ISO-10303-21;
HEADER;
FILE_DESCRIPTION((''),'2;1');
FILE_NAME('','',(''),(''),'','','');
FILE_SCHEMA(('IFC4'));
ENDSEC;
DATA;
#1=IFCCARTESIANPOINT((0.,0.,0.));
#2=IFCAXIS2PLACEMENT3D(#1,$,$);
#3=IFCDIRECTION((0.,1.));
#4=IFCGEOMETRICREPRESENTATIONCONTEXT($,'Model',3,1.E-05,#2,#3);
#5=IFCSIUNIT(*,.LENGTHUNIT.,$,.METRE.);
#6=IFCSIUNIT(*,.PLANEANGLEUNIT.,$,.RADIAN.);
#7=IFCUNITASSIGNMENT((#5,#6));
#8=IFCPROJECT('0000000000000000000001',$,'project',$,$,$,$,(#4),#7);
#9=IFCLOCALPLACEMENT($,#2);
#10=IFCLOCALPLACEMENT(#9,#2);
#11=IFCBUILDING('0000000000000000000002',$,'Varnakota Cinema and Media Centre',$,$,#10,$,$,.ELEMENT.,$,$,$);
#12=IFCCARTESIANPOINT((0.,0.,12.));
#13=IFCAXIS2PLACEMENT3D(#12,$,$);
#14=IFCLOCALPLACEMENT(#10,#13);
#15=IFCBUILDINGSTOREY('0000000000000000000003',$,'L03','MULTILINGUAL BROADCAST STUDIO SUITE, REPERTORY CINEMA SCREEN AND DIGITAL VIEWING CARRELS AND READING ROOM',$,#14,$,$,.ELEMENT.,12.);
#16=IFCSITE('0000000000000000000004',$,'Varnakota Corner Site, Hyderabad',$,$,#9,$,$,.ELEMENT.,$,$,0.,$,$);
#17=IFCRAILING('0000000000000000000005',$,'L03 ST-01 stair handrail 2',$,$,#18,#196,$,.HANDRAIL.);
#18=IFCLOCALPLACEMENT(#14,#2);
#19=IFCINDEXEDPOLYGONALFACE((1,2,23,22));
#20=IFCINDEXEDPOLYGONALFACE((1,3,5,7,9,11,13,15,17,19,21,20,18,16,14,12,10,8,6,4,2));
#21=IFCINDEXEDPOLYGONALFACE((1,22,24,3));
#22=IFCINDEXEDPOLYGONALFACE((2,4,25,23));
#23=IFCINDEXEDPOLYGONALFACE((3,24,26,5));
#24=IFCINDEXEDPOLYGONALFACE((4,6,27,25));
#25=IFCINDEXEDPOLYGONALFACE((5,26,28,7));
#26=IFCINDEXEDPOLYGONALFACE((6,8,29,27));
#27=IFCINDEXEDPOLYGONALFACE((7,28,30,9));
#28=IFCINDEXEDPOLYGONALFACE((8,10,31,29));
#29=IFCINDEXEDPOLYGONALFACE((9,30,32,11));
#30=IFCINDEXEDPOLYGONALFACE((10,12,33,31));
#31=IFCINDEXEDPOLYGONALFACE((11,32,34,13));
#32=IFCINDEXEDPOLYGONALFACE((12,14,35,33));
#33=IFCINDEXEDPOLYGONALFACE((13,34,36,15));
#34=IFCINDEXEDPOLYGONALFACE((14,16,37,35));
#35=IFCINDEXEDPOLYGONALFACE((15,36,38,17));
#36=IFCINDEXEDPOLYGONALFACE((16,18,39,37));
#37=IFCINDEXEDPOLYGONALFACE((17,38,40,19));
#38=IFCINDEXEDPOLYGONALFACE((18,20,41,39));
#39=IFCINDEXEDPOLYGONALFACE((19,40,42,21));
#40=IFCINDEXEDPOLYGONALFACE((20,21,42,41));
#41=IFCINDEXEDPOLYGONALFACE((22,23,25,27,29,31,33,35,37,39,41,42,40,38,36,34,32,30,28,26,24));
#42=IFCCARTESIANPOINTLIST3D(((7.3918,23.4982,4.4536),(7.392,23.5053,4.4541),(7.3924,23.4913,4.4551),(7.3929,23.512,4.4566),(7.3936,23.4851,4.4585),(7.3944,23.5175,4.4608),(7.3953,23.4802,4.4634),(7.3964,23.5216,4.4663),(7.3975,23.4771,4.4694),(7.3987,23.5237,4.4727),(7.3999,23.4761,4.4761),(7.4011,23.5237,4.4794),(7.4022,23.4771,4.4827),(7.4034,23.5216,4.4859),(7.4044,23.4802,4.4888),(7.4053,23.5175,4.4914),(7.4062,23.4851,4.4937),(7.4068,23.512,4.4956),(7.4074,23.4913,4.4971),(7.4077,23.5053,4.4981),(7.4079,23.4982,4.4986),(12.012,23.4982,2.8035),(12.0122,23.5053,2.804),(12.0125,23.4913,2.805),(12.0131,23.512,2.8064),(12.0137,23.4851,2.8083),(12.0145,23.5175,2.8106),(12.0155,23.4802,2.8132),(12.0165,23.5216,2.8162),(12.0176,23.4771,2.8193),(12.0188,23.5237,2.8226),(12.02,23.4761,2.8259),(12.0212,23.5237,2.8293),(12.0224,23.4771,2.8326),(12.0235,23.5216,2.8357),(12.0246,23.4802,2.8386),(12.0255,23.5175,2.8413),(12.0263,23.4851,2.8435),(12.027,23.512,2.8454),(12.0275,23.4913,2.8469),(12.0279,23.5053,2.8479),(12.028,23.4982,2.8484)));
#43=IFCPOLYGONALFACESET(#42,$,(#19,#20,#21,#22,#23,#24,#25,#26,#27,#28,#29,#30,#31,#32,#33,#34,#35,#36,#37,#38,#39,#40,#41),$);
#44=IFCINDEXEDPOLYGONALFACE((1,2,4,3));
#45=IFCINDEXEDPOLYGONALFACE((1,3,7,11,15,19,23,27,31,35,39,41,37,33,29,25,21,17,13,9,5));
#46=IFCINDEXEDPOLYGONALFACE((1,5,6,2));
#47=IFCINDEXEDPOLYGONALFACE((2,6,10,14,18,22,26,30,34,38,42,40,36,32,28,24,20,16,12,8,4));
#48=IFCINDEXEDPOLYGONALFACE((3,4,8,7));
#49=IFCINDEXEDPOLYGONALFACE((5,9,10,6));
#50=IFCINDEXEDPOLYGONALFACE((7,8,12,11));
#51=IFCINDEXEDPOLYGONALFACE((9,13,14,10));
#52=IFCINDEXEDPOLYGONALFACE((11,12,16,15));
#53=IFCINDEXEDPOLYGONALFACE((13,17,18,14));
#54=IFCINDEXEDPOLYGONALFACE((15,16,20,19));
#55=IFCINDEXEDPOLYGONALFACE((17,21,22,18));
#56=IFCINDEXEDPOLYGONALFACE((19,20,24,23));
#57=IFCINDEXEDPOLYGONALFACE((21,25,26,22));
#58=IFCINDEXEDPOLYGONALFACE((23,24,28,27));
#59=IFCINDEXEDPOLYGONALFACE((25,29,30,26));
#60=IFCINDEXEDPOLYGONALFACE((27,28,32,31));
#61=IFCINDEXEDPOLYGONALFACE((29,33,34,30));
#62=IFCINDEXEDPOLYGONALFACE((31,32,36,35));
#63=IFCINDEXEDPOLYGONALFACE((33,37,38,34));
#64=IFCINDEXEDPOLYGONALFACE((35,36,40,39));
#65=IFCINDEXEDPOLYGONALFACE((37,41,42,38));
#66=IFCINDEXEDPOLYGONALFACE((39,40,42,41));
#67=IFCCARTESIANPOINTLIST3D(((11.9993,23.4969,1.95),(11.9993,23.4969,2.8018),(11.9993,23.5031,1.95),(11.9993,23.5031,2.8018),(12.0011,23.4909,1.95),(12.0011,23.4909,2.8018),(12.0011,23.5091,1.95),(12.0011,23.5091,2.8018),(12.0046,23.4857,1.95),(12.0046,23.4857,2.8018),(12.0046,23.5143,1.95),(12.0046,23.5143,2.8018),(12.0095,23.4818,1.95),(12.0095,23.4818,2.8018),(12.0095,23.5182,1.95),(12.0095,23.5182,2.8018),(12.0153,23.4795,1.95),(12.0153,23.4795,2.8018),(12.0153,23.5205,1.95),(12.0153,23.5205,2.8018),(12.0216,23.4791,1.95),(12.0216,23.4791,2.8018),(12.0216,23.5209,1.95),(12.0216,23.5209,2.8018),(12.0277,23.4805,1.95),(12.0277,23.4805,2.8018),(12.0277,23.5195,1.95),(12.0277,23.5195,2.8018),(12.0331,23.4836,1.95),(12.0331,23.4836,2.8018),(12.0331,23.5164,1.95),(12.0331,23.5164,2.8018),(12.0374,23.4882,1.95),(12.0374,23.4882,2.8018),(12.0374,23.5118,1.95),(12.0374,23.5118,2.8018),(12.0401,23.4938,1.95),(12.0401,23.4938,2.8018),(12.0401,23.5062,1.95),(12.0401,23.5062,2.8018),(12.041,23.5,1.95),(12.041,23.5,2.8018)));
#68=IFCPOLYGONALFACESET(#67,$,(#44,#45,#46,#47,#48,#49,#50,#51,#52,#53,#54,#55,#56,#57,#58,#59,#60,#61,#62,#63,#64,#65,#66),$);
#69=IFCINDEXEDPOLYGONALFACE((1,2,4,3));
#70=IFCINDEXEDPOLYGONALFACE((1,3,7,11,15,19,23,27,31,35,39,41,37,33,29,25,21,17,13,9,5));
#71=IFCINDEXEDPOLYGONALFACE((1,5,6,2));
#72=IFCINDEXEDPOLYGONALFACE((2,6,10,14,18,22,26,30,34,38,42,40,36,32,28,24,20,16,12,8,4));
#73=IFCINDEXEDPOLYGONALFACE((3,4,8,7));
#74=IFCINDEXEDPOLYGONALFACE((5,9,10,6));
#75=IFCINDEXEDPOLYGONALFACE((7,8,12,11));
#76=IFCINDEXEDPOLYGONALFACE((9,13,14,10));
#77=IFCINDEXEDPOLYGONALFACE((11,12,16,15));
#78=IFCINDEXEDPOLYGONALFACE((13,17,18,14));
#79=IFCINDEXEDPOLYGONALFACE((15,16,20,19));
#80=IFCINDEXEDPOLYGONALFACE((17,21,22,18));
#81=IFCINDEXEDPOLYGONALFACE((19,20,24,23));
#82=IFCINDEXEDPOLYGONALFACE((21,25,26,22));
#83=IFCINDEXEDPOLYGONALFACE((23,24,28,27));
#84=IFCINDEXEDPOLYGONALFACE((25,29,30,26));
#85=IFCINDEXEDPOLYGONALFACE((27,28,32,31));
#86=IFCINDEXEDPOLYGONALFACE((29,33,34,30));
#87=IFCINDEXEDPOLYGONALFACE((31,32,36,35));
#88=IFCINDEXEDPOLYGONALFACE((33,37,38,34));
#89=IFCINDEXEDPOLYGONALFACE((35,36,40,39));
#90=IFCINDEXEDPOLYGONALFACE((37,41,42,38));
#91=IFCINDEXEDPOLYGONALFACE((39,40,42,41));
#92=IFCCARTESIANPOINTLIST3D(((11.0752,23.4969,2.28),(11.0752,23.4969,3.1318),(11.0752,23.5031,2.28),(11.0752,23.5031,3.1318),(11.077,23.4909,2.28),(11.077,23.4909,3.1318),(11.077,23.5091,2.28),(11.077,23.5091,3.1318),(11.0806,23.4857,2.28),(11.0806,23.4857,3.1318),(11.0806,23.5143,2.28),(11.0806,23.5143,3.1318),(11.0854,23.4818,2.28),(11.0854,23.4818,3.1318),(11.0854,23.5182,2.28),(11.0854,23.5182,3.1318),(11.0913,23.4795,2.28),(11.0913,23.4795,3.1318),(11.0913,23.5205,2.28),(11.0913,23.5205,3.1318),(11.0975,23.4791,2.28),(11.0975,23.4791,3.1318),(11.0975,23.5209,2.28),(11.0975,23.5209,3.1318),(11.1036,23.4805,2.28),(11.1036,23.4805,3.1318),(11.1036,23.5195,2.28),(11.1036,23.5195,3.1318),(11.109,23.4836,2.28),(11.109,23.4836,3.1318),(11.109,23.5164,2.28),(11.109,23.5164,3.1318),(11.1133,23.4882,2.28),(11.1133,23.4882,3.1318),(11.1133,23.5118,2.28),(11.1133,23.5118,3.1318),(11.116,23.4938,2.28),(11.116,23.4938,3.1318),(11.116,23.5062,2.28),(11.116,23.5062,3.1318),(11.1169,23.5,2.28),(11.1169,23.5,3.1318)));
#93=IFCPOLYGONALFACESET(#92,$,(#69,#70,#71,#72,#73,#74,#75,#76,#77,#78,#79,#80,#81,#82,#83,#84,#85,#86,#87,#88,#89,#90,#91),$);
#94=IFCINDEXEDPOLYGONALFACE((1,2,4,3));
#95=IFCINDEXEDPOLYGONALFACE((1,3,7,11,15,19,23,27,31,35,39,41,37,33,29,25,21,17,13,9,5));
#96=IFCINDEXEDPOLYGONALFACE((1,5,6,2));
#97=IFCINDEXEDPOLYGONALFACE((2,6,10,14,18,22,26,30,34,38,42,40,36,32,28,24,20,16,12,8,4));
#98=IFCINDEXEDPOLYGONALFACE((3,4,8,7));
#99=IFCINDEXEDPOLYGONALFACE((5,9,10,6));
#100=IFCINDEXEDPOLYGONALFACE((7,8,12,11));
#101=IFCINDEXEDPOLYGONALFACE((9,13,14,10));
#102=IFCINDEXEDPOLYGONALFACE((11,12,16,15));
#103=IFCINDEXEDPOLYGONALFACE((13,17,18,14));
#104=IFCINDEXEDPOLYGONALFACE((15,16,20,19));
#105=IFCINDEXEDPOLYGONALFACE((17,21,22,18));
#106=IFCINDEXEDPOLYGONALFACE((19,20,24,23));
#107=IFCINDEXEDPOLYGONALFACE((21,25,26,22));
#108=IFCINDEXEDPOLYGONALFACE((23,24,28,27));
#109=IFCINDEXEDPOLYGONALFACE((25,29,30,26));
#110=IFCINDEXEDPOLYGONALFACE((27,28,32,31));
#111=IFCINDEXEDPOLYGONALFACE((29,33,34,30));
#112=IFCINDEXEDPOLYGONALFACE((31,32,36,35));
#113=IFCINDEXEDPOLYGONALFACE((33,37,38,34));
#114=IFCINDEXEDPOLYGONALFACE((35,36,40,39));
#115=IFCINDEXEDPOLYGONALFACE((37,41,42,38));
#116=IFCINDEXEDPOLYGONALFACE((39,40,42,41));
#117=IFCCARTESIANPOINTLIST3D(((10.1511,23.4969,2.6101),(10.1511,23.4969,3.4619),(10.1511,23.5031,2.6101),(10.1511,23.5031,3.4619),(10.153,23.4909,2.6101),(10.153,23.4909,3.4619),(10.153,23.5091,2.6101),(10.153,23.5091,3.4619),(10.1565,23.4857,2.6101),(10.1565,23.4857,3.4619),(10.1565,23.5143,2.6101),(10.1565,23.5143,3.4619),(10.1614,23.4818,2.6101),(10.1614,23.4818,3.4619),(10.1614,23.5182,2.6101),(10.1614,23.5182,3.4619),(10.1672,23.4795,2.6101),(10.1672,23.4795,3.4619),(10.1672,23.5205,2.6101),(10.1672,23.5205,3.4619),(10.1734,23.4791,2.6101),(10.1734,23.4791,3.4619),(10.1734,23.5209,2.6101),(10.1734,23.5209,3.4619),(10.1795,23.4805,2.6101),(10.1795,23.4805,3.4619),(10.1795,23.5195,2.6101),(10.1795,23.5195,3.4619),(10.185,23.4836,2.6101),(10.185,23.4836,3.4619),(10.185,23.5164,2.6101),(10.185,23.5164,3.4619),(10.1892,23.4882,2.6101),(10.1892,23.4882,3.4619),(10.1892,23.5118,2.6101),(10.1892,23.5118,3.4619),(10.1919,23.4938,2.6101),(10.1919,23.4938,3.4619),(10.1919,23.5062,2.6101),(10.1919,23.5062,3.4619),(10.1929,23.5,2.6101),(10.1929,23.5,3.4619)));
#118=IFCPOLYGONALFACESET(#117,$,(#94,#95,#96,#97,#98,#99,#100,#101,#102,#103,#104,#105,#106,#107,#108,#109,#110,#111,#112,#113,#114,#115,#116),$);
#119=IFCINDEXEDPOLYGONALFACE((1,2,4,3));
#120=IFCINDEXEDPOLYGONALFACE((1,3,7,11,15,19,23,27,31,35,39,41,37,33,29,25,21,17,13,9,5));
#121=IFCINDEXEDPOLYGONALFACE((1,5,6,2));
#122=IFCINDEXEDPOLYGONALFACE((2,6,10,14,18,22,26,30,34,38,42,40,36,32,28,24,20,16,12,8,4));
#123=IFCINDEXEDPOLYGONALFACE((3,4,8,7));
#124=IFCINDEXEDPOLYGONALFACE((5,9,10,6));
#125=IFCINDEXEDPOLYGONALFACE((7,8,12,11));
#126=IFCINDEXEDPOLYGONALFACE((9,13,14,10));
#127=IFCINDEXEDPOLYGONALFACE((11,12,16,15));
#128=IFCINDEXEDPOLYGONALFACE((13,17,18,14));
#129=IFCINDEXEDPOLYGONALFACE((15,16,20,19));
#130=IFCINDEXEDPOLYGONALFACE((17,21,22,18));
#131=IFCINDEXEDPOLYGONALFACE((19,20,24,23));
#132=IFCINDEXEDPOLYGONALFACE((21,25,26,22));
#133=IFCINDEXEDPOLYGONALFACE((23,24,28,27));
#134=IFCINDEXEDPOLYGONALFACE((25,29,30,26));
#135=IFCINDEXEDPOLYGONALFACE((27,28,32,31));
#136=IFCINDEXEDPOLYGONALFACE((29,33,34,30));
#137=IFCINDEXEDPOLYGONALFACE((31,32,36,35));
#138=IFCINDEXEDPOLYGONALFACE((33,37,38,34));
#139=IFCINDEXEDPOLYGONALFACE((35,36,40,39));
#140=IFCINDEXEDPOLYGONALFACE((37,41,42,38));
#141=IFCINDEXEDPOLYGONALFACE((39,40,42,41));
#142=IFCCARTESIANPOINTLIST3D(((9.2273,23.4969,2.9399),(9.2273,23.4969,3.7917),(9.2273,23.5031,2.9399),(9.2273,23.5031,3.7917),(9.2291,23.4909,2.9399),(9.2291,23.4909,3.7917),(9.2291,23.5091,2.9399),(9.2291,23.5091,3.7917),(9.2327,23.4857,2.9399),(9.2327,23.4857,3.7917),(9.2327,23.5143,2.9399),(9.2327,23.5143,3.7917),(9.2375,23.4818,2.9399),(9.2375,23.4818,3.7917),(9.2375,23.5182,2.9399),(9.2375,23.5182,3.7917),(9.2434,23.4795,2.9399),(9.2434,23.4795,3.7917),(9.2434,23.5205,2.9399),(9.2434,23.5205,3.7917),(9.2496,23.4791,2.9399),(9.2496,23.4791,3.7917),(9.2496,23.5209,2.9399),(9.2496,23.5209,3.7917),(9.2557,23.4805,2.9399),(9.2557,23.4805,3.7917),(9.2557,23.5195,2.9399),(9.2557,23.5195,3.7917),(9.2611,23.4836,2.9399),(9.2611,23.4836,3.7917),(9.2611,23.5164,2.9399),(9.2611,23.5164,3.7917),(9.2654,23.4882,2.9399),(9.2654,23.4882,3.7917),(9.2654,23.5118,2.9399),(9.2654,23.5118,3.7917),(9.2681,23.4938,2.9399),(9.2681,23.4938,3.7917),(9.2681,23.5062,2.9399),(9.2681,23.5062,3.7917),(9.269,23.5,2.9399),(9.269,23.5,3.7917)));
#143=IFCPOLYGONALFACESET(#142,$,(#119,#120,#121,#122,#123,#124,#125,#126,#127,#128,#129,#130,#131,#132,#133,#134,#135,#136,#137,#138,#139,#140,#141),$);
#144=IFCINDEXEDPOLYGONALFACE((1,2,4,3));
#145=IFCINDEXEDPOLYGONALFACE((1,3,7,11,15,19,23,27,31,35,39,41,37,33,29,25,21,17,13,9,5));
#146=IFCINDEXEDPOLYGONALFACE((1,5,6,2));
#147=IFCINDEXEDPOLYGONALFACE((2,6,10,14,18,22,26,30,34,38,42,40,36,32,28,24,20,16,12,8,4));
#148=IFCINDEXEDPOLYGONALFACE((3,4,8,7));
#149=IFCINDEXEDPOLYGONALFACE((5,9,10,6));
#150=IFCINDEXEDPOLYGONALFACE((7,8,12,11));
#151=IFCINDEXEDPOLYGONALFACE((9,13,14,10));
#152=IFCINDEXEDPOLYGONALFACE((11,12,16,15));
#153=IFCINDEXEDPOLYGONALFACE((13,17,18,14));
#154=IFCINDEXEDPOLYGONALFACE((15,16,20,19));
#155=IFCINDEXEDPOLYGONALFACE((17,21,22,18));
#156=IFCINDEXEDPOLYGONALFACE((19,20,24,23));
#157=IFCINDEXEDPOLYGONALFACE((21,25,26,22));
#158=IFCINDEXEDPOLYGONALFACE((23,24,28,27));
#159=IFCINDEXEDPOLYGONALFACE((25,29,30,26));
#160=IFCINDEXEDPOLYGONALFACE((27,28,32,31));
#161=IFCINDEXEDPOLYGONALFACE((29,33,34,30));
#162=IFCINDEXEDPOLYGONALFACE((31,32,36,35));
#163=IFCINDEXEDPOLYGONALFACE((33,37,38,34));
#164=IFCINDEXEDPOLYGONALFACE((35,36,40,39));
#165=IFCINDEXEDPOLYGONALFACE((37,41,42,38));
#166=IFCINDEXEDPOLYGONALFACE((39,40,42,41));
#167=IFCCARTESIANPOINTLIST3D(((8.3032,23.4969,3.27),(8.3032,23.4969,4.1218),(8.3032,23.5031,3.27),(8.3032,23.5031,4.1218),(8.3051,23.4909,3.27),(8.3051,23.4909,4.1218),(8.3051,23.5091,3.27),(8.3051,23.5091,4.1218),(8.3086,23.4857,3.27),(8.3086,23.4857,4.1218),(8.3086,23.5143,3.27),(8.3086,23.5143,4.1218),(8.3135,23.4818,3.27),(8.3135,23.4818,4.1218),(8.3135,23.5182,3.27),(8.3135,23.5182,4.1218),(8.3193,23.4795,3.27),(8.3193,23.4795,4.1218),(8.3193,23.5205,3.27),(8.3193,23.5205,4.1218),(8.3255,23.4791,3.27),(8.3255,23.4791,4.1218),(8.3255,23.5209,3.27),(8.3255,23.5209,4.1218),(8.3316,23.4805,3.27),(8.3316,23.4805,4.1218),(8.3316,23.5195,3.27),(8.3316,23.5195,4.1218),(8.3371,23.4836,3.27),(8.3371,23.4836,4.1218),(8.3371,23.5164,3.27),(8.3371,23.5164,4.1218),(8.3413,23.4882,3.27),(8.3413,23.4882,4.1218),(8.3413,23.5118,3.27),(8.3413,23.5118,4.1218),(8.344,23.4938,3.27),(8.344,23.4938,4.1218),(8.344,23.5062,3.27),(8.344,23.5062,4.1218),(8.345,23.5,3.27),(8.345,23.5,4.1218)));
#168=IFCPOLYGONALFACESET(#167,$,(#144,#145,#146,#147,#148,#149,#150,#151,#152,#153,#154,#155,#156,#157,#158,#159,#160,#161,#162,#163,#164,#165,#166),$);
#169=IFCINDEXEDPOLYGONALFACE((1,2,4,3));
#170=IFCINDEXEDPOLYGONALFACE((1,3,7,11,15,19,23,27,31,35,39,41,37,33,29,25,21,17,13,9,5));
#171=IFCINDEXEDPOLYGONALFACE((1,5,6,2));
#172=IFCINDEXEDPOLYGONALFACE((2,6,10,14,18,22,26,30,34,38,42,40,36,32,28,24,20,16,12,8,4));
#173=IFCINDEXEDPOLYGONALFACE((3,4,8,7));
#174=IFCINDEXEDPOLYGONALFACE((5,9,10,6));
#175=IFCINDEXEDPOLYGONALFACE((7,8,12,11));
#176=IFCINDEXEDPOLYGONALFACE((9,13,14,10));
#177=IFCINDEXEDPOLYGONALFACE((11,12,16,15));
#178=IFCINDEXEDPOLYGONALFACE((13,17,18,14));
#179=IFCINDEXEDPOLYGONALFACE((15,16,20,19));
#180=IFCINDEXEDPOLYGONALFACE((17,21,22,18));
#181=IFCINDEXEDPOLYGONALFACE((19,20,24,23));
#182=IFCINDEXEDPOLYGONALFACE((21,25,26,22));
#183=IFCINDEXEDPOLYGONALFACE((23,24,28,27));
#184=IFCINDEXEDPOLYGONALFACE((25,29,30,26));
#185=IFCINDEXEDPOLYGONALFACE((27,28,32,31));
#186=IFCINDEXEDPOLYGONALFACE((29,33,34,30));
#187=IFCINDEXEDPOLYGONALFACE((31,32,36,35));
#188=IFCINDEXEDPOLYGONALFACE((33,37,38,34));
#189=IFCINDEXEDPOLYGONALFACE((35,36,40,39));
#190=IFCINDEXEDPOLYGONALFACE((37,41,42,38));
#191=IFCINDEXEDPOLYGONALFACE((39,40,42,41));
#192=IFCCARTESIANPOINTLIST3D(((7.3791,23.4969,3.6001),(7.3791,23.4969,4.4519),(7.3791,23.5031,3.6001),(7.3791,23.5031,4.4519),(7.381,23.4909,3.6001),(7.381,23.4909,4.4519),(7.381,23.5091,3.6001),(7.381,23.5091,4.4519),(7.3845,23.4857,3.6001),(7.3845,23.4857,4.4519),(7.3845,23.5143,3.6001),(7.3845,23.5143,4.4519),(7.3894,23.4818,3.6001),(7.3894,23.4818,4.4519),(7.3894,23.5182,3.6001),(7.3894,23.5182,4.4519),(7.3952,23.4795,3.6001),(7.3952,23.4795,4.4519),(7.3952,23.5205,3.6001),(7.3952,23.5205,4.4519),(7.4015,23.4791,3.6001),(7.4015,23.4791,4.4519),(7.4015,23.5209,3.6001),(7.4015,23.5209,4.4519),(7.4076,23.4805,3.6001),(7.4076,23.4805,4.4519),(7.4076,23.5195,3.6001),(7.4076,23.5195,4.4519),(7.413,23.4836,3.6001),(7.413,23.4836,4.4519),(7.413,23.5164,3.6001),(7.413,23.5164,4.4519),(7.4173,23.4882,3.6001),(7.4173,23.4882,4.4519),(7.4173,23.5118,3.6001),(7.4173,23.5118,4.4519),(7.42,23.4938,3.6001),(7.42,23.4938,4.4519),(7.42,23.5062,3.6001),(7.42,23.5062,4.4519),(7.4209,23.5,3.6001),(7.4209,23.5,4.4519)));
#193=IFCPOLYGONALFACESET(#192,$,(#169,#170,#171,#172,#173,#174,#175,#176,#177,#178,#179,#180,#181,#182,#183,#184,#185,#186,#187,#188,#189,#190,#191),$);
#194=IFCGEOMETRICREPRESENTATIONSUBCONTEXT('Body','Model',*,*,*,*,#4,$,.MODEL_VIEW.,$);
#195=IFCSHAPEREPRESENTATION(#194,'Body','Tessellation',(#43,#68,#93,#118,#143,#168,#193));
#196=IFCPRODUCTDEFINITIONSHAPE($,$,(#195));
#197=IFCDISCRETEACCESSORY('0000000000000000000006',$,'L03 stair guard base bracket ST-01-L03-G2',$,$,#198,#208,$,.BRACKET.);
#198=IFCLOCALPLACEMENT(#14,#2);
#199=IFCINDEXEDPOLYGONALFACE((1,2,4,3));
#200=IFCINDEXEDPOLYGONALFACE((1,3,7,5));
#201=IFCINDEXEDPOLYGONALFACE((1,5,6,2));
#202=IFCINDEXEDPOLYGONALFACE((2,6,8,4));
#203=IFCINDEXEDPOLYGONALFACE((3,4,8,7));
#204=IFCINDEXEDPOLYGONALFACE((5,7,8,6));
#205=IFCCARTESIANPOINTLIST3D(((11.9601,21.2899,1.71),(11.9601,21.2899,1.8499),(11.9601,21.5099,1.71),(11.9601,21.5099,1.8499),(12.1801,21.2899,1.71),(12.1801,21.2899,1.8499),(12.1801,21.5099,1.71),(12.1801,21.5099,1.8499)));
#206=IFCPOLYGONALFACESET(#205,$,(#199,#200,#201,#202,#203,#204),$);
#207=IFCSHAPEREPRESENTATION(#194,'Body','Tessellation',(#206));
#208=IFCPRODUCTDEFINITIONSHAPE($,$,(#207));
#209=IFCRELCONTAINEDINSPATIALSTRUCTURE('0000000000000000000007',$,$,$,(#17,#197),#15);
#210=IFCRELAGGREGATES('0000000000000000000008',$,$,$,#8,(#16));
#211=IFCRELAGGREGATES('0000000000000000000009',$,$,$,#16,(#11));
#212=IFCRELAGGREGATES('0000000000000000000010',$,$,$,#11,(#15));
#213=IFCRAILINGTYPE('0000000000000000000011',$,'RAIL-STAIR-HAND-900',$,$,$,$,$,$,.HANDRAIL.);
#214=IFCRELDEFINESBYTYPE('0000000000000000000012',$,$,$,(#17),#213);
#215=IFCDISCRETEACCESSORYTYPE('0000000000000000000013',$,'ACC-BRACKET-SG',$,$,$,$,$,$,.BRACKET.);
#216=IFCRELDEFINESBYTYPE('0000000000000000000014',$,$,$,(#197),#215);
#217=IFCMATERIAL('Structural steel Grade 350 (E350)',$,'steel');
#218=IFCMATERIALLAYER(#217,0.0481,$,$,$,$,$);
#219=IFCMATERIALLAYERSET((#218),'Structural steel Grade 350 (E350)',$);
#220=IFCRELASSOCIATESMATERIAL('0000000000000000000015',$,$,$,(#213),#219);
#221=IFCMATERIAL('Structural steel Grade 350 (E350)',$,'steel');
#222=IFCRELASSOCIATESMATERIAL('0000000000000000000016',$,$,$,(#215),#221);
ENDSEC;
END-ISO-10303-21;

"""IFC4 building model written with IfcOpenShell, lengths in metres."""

from ifc_helpers import new_model, si_unit, direction, frame, origin, origin_2d, place, context, subcontext, project, spatial, rectangle, circle, extrude, material, layer, layer_set, type_object, element, save


model = new_model("IFC4")

# Units and contexts
model_context = context("Model", 3, precision=1e-05, world=origin(), true_north=direction((0.0, 1.0)))
body_context = subcontext(model_context, "Body", "Model", "MODEL_VIEW")
ifc_project = project(units=[si_unit("LENGTHUNIT", "METRE"), si_unit("PLANEANGLEUNIT", "RADIAN")], contexts=[model_context])

# Site, building, storey
site_placement = place(None, origin())
site = spatial("IfcSite", under=ifc_project, at=site_placement, Name="Varnakota Corner Site, Hyderabad", CompositionType="ELEMENT", RefElevation=0.0)
building_placement = place(site_placement, origin())
building = spatial("IfcBuilding", under=site, at=building_placement, Name="Varnakota Cinema and Media Centre", CompositionType="ELEMENT")
storey_placement = place(building_placement, frame((0.0, 0.0, 12.0)))
storey = spatial("IfcBuildingStorey", under=building, at=storey_placement, Name="L03", Description="MULTILINGUAL BROADCAST STUDIO SUITE, REPERTORY CINEMA SCREEN AND DIGITAL VIEWING CARRELS AND READING ROOM", CompositionType="ELEMENT", Elevation=12.0)

# Railing
ifc_material_1 = material(Name="Structural steel Grade 350 (E350)", Category="steel")
ifc_layer_1 = layer(ifc_material_1, 0.0481)
ifc_layer_set_1 = layer_set([ifc_layer_1], Name="Structural steel Grade 350 (E350)")
railing_type_1 = type_object("IfcRailingType", Name="RAIL-STAIR-HAND-900", PredefinedType="HANDRAIL", material=ifc_layer_set_1)
railing_1_placement = place(storey_placement, frame((12.02, 23.5, 1.95)))
element("IfcRailing", 1, at=railing_1_placement, inside=storey, type_object=railing_type_1, Name="L03 ST-01 stair handrail 2", PredefinedType="HANDRAIL", context=body_context, shape_type="SweptSolid", body=[
    extrude(circle(Radius=0.0239, at=origin_2d()), frame((0.0, 0.0, 0.876), z_axis=(-0.941735, 0.0, 0.336355), x_axis=(0.0, -1.0, 0.0)), (0.0, 0.0, 1.0), 4.906),
    extrude(circle(Radius=0.021, at=origin_2d()), origin(), (0.0, 0.0, 1.0), 0.8518),
    extrude(circle(Radius=0.021, at=origin_2d()), frame((-0.9241, 0.0, 0.3301)), (0.0, 0.0, 1.0), 0.8518),
    extrude(circle(Radius=0.021, at=origin_2d()), frame((-1.8481, 0.0, 0.6602)), (0.0, 0.0, 1.0), 0.8518),
    extrude(circle(Radius=0.021, at=origin_2d()), frame((-2.772, 0.0, 0.99)), (0.0, 0.0, 1.0), 0.8518),
    extrude(circle(Radius=0.021, at=origin_2d()), frame((-3.696, 0.0, 1.3201)), (0.0, 0.0, 1.0), 0.8518),
    extrude(circle(Radius=0.021, at=origin_2d()), frame((-4.6201, 0.0, 1.6501)), (0.0, 0.0, 1.0), 0.8518),
])

# Discrete accessory
ifc_material_2 = material(Name="Structural steel Grade 350 (E350)", Category="steel")
discrete_accessory_type = type_object("IfcDiscreteAccessoryType", Name="ACC-BRACKET-SG", PredefinedType="BRACKET", material=ifc_material_2)
for number, where, z_axis, x_axis, name in (
    (2, (12.0701, 21.3999, 1.71), (0.0, 0.0, 1.0), (1.0, 0.0, 0.0), "L03 stair guard base bracket ST-01-L03-G2"),
):
    element("IfcDiscreteAccessory", number, at=place(storey_placement, frame(where, z_axis=z_axis, x_axis=x_axis)), inside=storey, type_object=discrete_accessory_type, Name=name, PredefinedType="BRACKET", context=body_context, shape_type="SweptSolid", body=[
        extrude(rectangle(XDim=0.22, YDim=0.22, at=origin_2d()), origin(), (0.0, 0.0, 1.0), 0.1399),
    ])

save(model, "model.ifc")
